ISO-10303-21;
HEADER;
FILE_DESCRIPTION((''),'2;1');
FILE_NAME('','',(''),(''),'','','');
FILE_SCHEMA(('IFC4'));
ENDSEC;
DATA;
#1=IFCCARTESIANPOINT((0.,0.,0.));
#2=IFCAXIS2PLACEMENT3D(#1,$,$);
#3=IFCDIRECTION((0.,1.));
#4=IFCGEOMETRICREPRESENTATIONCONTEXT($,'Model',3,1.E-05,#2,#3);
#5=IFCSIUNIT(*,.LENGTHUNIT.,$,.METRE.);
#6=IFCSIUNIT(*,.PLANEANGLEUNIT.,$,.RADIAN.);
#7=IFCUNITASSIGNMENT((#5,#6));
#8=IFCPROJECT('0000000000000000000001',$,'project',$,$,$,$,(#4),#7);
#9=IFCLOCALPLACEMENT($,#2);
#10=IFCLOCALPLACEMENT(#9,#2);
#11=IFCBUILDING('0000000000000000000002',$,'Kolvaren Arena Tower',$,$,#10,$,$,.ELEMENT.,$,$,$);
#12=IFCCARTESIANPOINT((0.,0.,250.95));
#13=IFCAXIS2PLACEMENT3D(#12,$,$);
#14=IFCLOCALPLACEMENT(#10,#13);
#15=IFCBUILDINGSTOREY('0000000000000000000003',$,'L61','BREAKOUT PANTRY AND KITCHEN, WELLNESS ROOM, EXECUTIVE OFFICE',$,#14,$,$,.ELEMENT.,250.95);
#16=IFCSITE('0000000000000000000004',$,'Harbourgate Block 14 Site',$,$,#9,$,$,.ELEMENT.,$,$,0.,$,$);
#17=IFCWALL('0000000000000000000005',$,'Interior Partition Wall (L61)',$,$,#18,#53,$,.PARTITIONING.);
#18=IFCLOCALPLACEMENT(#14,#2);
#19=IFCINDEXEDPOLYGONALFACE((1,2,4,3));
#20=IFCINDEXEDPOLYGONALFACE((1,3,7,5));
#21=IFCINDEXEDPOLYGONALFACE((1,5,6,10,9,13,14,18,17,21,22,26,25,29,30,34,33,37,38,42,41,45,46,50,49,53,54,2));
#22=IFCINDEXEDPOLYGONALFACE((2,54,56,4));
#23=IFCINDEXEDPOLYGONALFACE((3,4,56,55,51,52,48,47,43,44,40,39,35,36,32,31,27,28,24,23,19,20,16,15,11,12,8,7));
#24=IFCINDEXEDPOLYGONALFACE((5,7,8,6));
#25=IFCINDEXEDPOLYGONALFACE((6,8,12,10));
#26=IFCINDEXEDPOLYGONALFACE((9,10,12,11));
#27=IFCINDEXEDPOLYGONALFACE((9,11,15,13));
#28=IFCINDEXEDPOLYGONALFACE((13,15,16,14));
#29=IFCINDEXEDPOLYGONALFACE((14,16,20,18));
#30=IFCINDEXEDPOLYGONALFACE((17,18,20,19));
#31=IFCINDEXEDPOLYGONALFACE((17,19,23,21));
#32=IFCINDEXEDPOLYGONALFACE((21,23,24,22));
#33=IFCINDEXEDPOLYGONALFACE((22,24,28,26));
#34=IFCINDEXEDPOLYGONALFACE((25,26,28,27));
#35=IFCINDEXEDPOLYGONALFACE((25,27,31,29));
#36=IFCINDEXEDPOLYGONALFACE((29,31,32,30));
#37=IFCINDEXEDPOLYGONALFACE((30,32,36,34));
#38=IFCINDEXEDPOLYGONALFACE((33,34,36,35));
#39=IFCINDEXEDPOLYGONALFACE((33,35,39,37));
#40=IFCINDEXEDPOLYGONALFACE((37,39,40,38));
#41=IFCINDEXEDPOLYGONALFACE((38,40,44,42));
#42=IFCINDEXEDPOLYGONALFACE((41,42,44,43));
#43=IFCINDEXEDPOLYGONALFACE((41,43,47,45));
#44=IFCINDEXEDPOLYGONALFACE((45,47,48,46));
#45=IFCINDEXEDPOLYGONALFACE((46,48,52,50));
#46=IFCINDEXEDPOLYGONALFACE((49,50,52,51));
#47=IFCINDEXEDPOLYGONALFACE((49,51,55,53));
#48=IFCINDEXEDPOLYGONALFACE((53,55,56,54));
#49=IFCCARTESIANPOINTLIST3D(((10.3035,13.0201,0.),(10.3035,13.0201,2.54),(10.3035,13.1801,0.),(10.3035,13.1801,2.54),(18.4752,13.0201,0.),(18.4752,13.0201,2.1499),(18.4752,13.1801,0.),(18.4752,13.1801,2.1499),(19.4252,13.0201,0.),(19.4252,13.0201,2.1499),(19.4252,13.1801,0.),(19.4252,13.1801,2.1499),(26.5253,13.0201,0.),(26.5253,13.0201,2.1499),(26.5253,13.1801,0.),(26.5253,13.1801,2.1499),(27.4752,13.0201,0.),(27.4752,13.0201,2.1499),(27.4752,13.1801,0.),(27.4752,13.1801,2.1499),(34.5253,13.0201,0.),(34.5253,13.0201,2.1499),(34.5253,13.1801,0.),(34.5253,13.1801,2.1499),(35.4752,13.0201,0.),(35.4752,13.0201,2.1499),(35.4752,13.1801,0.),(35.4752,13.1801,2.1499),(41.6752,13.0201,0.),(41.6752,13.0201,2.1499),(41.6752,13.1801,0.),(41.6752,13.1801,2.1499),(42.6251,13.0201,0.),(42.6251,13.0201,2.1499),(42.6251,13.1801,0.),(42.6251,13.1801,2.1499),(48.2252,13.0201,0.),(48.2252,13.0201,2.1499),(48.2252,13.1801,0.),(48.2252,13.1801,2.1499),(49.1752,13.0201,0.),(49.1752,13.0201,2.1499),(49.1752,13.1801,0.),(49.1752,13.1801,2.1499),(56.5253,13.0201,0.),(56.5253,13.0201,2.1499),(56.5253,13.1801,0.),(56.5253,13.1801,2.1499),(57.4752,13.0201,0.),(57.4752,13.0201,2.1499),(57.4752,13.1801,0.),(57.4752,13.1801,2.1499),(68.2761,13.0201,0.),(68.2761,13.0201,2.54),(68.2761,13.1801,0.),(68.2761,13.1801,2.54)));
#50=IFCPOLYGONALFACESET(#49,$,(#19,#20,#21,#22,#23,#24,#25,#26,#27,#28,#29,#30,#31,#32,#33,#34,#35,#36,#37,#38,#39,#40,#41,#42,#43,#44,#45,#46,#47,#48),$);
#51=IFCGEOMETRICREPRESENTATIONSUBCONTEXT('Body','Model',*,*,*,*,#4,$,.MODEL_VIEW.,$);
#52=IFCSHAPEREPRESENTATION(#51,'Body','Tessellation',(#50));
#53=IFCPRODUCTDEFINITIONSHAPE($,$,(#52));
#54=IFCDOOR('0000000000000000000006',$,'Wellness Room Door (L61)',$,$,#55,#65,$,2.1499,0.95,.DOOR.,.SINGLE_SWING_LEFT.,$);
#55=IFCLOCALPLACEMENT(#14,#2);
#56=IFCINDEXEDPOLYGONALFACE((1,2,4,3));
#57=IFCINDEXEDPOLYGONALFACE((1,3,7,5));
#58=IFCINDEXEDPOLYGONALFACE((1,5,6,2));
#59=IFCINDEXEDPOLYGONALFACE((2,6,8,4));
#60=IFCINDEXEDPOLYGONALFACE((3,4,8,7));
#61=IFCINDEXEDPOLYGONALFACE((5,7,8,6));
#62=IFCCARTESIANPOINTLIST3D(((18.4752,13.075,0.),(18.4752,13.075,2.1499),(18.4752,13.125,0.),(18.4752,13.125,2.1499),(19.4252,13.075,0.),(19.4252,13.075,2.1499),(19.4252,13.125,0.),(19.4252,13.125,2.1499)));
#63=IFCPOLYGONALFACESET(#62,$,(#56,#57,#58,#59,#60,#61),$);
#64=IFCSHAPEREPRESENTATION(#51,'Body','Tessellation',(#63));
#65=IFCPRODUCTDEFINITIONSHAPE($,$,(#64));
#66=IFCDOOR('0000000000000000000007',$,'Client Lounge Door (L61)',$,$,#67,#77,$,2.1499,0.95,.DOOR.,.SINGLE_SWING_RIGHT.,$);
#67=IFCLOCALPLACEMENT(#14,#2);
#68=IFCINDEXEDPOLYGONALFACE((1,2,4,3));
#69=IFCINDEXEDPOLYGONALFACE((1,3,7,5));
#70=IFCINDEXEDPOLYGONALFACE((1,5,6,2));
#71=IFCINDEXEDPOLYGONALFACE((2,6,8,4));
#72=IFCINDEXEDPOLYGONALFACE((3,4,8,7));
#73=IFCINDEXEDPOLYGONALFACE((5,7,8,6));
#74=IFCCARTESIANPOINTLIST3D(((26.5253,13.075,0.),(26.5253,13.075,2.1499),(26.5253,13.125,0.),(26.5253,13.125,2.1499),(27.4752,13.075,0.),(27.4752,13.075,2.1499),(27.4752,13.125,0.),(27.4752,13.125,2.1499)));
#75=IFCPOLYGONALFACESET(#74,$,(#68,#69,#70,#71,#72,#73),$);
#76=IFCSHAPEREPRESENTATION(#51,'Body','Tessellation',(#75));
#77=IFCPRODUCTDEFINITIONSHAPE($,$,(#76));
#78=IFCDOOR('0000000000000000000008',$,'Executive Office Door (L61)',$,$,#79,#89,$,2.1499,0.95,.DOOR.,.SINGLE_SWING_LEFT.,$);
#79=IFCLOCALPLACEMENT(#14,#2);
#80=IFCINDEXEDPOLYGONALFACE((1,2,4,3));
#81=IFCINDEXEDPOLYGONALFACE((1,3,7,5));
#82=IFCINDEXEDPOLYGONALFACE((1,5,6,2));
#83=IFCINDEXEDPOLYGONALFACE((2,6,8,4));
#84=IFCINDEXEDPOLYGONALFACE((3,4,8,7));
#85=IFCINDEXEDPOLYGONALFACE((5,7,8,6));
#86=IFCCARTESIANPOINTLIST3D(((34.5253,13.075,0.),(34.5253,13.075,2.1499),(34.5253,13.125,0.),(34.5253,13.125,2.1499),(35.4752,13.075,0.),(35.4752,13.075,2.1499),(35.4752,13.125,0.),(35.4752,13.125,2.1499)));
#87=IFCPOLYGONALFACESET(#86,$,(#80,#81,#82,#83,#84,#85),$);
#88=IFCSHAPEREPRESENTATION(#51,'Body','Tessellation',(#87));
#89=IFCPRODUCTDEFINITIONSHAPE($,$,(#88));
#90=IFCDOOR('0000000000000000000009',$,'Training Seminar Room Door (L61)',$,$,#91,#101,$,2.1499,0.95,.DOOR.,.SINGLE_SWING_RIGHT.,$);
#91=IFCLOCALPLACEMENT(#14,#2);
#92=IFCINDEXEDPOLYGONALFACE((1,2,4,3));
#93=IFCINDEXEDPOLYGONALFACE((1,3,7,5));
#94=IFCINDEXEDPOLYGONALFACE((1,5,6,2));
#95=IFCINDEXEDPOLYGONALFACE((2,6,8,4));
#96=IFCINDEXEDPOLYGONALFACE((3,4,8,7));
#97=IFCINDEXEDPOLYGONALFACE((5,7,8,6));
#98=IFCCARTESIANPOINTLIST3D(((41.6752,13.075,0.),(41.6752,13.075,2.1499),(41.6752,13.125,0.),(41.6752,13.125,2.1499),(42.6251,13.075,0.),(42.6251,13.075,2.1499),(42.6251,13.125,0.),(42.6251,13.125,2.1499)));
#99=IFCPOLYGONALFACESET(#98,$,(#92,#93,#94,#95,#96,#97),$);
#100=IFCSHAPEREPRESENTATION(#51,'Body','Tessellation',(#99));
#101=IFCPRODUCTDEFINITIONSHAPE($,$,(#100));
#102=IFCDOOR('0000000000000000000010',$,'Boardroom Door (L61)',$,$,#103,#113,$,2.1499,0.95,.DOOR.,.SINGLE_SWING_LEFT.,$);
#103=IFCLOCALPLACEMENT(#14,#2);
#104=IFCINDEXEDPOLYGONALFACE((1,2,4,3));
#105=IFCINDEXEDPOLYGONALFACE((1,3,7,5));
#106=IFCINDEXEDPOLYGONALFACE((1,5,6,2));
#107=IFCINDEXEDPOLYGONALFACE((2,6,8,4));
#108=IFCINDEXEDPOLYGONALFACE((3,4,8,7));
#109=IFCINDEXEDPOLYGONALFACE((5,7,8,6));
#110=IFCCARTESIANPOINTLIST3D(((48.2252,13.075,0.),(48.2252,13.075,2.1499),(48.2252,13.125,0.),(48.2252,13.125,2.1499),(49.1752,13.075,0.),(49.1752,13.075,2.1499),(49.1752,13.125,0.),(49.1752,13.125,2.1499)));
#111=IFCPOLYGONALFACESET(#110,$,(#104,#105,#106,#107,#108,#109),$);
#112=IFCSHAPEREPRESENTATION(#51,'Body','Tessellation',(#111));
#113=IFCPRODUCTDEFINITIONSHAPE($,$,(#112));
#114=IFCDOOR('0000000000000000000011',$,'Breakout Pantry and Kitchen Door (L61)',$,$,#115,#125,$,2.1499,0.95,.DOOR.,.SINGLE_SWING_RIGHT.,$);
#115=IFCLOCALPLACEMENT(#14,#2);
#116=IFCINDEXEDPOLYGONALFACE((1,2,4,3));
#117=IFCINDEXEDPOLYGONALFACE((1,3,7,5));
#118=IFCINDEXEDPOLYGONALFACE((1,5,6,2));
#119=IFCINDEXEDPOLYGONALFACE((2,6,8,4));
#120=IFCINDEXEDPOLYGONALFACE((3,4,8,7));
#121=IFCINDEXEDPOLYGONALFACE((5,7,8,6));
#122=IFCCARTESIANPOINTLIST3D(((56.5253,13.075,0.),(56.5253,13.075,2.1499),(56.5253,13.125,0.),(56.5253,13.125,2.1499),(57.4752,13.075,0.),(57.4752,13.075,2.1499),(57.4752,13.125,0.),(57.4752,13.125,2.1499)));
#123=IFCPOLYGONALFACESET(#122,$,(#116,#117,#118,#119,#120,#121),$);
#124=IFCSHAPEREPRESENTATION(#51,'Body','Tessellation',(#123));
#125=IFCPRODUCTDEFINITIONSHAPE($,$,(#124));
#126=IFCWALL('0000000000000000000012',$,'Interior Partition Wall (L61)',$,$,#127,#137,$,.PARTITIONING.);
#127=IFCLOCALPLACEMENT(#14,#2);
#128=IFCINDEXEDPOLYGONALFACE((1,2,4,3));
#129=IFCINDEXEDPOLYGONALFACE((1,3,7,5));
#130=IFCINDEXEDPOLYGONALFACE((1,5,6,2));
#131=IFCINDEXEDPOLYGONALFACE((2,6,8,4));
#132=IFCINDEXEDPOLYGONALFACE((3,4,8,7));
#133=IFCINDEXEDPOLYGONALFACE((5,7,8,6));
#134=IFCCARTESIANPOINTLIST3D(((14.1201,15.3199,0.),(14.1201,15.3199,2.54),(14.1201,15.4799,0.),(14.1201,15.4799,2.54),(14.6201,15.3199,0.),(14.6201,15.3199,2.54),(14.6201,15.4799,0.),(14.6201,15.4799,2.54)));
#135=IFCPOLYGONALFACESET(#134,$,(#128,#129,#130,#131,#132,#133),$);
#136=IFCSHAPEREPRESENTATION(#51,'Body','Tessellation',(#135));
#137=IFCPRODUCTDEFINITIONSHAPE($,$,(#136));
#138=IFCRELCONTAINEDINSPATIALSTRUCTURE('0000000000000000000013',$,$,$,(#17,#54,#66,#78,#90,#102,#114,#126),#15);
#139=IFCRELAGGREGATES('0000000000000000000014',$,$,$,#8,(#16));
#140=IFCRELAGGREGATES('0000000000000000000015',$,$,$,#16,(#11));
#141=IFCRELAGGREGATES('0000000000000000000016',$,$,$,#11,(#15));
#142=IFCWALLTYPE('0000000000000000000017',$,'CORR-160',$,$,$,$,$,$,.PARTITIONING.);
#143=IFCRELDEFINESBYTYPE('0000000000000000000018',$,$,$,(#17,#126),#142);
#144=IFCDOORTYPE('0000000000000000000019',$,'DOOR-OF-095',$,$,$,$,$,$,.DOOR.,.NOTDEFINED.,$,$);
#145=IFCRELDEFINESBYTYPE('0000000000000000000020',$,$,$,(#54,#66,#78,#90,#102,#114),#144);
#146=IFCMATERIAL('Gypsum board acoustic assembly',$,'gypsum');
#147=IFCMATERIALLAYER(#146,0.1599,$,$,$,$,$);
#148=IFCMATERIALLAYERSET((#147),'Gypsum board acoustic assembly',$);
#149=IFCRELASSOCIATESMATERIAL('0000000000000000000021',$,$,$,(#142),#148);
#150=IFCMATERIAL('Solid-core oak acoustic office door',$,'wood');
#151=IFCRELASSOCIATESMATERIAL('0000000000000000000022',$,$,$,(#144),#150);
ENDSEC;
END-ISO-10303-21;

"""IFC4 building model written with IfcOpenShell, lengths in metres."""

from ifc_helpers import new_model, si_unit, direction, frame, frame_2d, origin, place, context, subcontext, project, spatial, rectangle, extrude, material, layer, layer_set, type_object, element, fill, save


model = new_model("IFC4")

# Units and contexts
model_context = context("Model", 3, precision=1e-05, world=origin(), true_north=direction((0.0, 1.0)))
body_context = subcontext(model_context, "Body", "Model", "MODEL_VIEW")
ifc_project = project(units=[si_unit("LENGTHUNIT", "METRE"), si_unit("PLANEANGLEUNIT", "RADIAN")], contexts=[model_context])

# Site, building, storey
site_placement = place(None, origin())
site = spatial("IfcSite", under=ifc_project, at=site_placement, Name="Harbourgate Block 14 Site", CompositionType="ELEMENT", RefElevation=0.0)
building_placement = place(site_placement, origin())
building = spatial("IfcBuilding", under=site, at=building_placement, Name="Kolvaren Arena Tower", CompositionType="ELEMENT")
storey_placement = place(building_placement, frame((0.0, 0.0, 250.95)))
storey = spatial("IfcBuildingStorey", under=building, at=storey_placement, Name="L61", Description="BREAKOUT PANTRY AND KITCHEN, WELLNESS ROOM, EXECUTIVE OFFICE", CompositionType="ELEMENT", Elevation=250.95)

# Wall, openings, doors
ifc_material_1 = material(Name="Gypsum board acoustic assembly", Category="gypsum")
ifc_layer_1 = layer(ifc_material_1, 0.1599)
ifc_layer_set_1 = layer_set([ifc_layer_1], Name="Gypsum board acoustic assembly")
wall_type_1 = type_object("IfcWallType", Name="CORR-160", PredefinedType="PARTITIONING", material=ifc_layer_set_1)
wall_1_placement = place(storey_placement, frame((10.3035, 13.1001, 0.0), z_axis=(0.0, 0.0, 1.0), x_axis=(1.0, 0.0, 0.0)))
wall_1 = element("IfcWall", 1, at=wall_1_placement, inside=storey, type_object=wall_type_1, Name="Interior Partition Wall (L61)", PredefinedType="PARTITIONING", context=body_context, shape_type="SweptSolid", body=[
    extrude(rectangle(XDim=57.9727, YDim=0.1599, at=frame_2d((28.9863, 0.0))), origin(), (0.0, 0.0, 1.0), 2.54),
])
opening_1_placement = place(wall_1_placement, frame((8.1716, 0.0, 0.0)))
opening_1 = element("IfcOpeningElement", 2, at=opening_1_placement, cuts=wall_1, PredefinedType="OPENING", context=body_context, shape_type="SweptSolid", body=[
    extrude(rectangle(XDim=0.95, YDim=2.1499, at=frame_2d((0.4751, 1.075))), frame((0.0, 0.0898, 0.0), z_axis=(0.0, -1.0, 0.0), x_axis=(1.0, 0.0, 0.0)), (0.0, 0.0, 1.0), 0.1799),
])
opening_2_placement = place(wall_1_placement, frame((16.2217, 0.0, 0.0)))
opening_2 = element("IfcOpeningElement", 3, at=opening_2_placement, cuts=wall_1, PredefinedType="OPENING", context=body_context, shape_type="SweptSolid", body=[
    extrude(rectangle(XDim=0.95, YDim=2.1499, at=frame_2d((0.4751, 1.075))), frame((0.0, 0.0898, 0.0), z_axis=(0.0, -1.0, 0.0), x_axis=(1.0, 0.0, 0.0)), (0.0, 0.0, 1.0), 0.1799),
])
opening_3_placement = place(wall_1_placement, frame((24.2217, 0.0, 0.0)))
opening_3 = element("IfcOpeningElement", 4, at=opening_3_placement, cuts=wall_1, PredefinedType="OPENING", context=body_context, shape_type="SweptSolid", body=[
    extrude(rectangle(XDim=0.95, YDim=2.1499, at=frame_2d((0.4751, 1.075))), frame((0.0, 0.0898, 0.0), z_axis=(0.0, -1.0, 0.0), x_axis=(1.0, 0.0, 0.0)), (0.0, 0.0, 1.0), 0.1799),
])
opening_4_placement = place(wall_1_placement, frame((31.3716, 0.0, 0.0)))
opening_4 = element("IfcOpeningElement", 5, at=opening_4_placement, cuts=wall_1, PredefinedType="OPENING", context=body_context, shape_type="SweptSolid", body=[
    extrude(rectangle(XDim=0.95, YDim=2.1499, at=frame_2d((0.4751, 1.075))), frame((0.0, 0.0898, 0.0), z_axis=(0.0, -1.0, 0.0), x_axis=(1.0, 0.0, 0.0)), (0.0, 0.0, 1.0), 0.1799),
])
opening_5_placement = place(wall_1_placement, frame((37.9216, 0.0, 0.0)))
opening_5 = element("IfcOpeningElement", 6, at=opening_5_placement, cuts=wall_1, PredefinedType="OPENING", context=body_context, shape_type="SweptSolid", body=[
    extrude(rectangle(XDim=0.95, YDim=2.1499, at=frame_2d((0.4751, 1.075))), frame((0.0, 0.0898, 0.0), z_axis=(0.0, -1.0, 0.0), x_axis=(1.0, 0.0, 0.0)), (0.0, 0.0, 1.0), 0.1799),
])
opening_6_placement = place(wall_1_placement, frame((46.2217, 0.0, 0.0)))
opening_6 = element("IfcOpeningElement", 7, at=opening_6_placement, cuts=wall_1, PredefinedType="OPENING", context=body_context, shape_type="SweptSolid", body=[
    extrude(rectangle(XDim=0.95, YDim=2.1499, at=frame_2d((0.4751, 1.075))), frame((0.0, 0.0898, 0.0), z_axis=(0.0, -1.0, 0.0), x_axis=(1.0, 0.0, 0.0)), (0.0, 0.0, 1.0), 0.1799),
])
ifc_material_2 = material(Name="Solid-core oak acoustic office door", Category="wood")
door_type_1 = type_object("IfcDoorType", Name="DOOR-OF-095", OperationType="NOTDEFINED", PredefinedType="DOOR", material=ifc_material_2)
door_1_placement = place(opening_1_placement, origin())
door_1 = element("IfcDoor", 8, at=door_1_placement, inside=storey, type_object=door_type_1, Name="Wellness Room Door (L61)", OperationType="SINGLE_SWING_LEFT", OverallHeight=2.1499, OverallWidth=0.95, PredefinedType="DOOR", context=body_context, shape_type="SweptSolid", body=[
    extrude(rectangle(XDim=0.95, YDim=2.1499, at=frame_2d((0.4751, 1.075))), frame((0.0, 0.0249, 0.0), z_axis=(0.0, -1.0, 0.0), x_axis=(1.0, 0.0, 0.0)), (0.0, 0.0, 1.0), 0.05),
])
fill(opening_1, door_1)
door_2_placement = place(opening_2_placement, origin())
door_2 = element("IfcDoor", 9, at=door_2_placement, inside=storey, type_object=door_type_1, Name="Client Lounge Door (L61)", OperationType="SINGLE_SWING_RIGHT", OverallHeight=2.1499, OverallWidth=0.95, PredefinedType="DOOR", context=body_context, shape_type="SweptSolid", body=[
    extrude(rectangle(XDim=0.95, YDim=2.1499, at=frame_2d((0.4751, 1.075))), frame((0.0, 0.0249, 0.0), z_axis=(0.0, -1.0, 0.0), x_axis=(1.0, 0.0, 0.0)), (0.0, 0.0, 1.0), 0.05),
])
fill(opening_2, door_2)
door_3_placement = place(opening_3_placement, origin())
door_3 = element("IfcDoor", 10, at=door_3_placement, inside=storey, type_object=door_type_1, Name="Executive Office Door (L61)", OperationType="SINGLE_SWING_LEFT", OverallHeight=2.1499, OverallWidth=0.95, PredefinedType="DOOR", context=body_context, shape_type="SweptSolid", body=[
    extrude(rectangle(XDim=0.95, YDim=2.1499, at=frame_2d((0.4751, 1.075))), frame((0.0, 0.0249, 0.0), z_axis=(0.0, -1.0, 0.0), x_axis=(1.0, 0.0, 0.0)), (0.0, 0.0, 1.0), 0.05),
])
fill(opening_3, door_3)
door_4_placement = place(opening_4_placement, origin())
door_4 = element("IfcDoor", 11, at=door_4_placement, inside=storey, type_object=door_type_1, Name="Training Seminar Room Door (L61)", OperationType="SINGLE_SWING_RIGHT", OverallHeight=2.1499, OverallWidth=0.95, PredefinedType="DOOR", context=body_context, shape_type="SweptSolid", body=[
    extrude(rectangle(XDim=0.95, YDim=2.1499, at=frame_2d((0.4751, 1.075))), frame((0.0, 0.0249, 0.0), z_axis=(0.0, -1.0, 0.0), x_axis=(1.0, 0.0, 0.0)), (0.0, 0.0, 1.0), 0.05),
])
fill(opening_4, door_4)
door_5_placement = place(opening_5_placement, origin())
door_5 = element("IfcDoor", 12, at=door_5_placement, inside=storey, type_object=door_type_1, Name="Boardroom Door (L61)", OperationType="SINGLE_SWING_LEFT", OverallHeight=2.1499, OverallWidth=0.95, PredefinedType="DOOR", context=body_context, shape_type="SweptSolid", body=[
    extrude(rectangle(XDim=0.95, YDim=2.1499, at=frame_2d((0.4751, 1.075))), frame((0.0, 0.0249, 0.0), z_axis=(0.0, -1.0, 0.0), x_axis=(1.0, 0.0, 0.0)), (0.0, 0.0, 1.0), 0.05),
])
fill(opening_5, door_5)
door_6_placement = place(opening_6_placement, origin())
door_6 = element("IfcDoor", 13, at=door_6_placement, inside=storey, type_object=door_type_1, Name="Breakout Pantry and Kitchen Door (L61)", OperationType="SINGLE_SWING_RIGHT", OverallHeight=2.1499, OverallWidth=0.95, PredefinedType="DOOR", context=body_context, shape_type="SweptSolid", body=[
    extrude(rectangle(XDim=0.95, YDim=2.1499, at=frame_2d((0.4751, 1.075))), frame((0.0, 0.0249, 0.0), z_axis=(0.0, -1.0, 0.0), x_axis=(1.0, 0.0, 0.0)), (0.0, 0.0, 1.0), 0.05),
])
fill(opening_6, door_6)

# Wall
wall_2_placement = place(storey_placement, frame((14.1201, 15.3999, 0.0), z_axis=(0.0, 0.0, 1.0), x_axis=(1.0, 0.0, 0.0)))
element("IfcWall", 14, at=wall_2_placement, inside=storey, type_object=wall_type_1, Name="Interior Partition Wall (L61)", PredefinedType="PARTITIONING", context=body_context, shape_type="SweptSolid", body=[
    extrude(rectangle(XDim=0.5, YDim=0.1599, at=frame_2d((0.25, 0.0))), origin(), (0.0, 0.0, 1.0), 2.54),
])

save(model, "model.ifc")
